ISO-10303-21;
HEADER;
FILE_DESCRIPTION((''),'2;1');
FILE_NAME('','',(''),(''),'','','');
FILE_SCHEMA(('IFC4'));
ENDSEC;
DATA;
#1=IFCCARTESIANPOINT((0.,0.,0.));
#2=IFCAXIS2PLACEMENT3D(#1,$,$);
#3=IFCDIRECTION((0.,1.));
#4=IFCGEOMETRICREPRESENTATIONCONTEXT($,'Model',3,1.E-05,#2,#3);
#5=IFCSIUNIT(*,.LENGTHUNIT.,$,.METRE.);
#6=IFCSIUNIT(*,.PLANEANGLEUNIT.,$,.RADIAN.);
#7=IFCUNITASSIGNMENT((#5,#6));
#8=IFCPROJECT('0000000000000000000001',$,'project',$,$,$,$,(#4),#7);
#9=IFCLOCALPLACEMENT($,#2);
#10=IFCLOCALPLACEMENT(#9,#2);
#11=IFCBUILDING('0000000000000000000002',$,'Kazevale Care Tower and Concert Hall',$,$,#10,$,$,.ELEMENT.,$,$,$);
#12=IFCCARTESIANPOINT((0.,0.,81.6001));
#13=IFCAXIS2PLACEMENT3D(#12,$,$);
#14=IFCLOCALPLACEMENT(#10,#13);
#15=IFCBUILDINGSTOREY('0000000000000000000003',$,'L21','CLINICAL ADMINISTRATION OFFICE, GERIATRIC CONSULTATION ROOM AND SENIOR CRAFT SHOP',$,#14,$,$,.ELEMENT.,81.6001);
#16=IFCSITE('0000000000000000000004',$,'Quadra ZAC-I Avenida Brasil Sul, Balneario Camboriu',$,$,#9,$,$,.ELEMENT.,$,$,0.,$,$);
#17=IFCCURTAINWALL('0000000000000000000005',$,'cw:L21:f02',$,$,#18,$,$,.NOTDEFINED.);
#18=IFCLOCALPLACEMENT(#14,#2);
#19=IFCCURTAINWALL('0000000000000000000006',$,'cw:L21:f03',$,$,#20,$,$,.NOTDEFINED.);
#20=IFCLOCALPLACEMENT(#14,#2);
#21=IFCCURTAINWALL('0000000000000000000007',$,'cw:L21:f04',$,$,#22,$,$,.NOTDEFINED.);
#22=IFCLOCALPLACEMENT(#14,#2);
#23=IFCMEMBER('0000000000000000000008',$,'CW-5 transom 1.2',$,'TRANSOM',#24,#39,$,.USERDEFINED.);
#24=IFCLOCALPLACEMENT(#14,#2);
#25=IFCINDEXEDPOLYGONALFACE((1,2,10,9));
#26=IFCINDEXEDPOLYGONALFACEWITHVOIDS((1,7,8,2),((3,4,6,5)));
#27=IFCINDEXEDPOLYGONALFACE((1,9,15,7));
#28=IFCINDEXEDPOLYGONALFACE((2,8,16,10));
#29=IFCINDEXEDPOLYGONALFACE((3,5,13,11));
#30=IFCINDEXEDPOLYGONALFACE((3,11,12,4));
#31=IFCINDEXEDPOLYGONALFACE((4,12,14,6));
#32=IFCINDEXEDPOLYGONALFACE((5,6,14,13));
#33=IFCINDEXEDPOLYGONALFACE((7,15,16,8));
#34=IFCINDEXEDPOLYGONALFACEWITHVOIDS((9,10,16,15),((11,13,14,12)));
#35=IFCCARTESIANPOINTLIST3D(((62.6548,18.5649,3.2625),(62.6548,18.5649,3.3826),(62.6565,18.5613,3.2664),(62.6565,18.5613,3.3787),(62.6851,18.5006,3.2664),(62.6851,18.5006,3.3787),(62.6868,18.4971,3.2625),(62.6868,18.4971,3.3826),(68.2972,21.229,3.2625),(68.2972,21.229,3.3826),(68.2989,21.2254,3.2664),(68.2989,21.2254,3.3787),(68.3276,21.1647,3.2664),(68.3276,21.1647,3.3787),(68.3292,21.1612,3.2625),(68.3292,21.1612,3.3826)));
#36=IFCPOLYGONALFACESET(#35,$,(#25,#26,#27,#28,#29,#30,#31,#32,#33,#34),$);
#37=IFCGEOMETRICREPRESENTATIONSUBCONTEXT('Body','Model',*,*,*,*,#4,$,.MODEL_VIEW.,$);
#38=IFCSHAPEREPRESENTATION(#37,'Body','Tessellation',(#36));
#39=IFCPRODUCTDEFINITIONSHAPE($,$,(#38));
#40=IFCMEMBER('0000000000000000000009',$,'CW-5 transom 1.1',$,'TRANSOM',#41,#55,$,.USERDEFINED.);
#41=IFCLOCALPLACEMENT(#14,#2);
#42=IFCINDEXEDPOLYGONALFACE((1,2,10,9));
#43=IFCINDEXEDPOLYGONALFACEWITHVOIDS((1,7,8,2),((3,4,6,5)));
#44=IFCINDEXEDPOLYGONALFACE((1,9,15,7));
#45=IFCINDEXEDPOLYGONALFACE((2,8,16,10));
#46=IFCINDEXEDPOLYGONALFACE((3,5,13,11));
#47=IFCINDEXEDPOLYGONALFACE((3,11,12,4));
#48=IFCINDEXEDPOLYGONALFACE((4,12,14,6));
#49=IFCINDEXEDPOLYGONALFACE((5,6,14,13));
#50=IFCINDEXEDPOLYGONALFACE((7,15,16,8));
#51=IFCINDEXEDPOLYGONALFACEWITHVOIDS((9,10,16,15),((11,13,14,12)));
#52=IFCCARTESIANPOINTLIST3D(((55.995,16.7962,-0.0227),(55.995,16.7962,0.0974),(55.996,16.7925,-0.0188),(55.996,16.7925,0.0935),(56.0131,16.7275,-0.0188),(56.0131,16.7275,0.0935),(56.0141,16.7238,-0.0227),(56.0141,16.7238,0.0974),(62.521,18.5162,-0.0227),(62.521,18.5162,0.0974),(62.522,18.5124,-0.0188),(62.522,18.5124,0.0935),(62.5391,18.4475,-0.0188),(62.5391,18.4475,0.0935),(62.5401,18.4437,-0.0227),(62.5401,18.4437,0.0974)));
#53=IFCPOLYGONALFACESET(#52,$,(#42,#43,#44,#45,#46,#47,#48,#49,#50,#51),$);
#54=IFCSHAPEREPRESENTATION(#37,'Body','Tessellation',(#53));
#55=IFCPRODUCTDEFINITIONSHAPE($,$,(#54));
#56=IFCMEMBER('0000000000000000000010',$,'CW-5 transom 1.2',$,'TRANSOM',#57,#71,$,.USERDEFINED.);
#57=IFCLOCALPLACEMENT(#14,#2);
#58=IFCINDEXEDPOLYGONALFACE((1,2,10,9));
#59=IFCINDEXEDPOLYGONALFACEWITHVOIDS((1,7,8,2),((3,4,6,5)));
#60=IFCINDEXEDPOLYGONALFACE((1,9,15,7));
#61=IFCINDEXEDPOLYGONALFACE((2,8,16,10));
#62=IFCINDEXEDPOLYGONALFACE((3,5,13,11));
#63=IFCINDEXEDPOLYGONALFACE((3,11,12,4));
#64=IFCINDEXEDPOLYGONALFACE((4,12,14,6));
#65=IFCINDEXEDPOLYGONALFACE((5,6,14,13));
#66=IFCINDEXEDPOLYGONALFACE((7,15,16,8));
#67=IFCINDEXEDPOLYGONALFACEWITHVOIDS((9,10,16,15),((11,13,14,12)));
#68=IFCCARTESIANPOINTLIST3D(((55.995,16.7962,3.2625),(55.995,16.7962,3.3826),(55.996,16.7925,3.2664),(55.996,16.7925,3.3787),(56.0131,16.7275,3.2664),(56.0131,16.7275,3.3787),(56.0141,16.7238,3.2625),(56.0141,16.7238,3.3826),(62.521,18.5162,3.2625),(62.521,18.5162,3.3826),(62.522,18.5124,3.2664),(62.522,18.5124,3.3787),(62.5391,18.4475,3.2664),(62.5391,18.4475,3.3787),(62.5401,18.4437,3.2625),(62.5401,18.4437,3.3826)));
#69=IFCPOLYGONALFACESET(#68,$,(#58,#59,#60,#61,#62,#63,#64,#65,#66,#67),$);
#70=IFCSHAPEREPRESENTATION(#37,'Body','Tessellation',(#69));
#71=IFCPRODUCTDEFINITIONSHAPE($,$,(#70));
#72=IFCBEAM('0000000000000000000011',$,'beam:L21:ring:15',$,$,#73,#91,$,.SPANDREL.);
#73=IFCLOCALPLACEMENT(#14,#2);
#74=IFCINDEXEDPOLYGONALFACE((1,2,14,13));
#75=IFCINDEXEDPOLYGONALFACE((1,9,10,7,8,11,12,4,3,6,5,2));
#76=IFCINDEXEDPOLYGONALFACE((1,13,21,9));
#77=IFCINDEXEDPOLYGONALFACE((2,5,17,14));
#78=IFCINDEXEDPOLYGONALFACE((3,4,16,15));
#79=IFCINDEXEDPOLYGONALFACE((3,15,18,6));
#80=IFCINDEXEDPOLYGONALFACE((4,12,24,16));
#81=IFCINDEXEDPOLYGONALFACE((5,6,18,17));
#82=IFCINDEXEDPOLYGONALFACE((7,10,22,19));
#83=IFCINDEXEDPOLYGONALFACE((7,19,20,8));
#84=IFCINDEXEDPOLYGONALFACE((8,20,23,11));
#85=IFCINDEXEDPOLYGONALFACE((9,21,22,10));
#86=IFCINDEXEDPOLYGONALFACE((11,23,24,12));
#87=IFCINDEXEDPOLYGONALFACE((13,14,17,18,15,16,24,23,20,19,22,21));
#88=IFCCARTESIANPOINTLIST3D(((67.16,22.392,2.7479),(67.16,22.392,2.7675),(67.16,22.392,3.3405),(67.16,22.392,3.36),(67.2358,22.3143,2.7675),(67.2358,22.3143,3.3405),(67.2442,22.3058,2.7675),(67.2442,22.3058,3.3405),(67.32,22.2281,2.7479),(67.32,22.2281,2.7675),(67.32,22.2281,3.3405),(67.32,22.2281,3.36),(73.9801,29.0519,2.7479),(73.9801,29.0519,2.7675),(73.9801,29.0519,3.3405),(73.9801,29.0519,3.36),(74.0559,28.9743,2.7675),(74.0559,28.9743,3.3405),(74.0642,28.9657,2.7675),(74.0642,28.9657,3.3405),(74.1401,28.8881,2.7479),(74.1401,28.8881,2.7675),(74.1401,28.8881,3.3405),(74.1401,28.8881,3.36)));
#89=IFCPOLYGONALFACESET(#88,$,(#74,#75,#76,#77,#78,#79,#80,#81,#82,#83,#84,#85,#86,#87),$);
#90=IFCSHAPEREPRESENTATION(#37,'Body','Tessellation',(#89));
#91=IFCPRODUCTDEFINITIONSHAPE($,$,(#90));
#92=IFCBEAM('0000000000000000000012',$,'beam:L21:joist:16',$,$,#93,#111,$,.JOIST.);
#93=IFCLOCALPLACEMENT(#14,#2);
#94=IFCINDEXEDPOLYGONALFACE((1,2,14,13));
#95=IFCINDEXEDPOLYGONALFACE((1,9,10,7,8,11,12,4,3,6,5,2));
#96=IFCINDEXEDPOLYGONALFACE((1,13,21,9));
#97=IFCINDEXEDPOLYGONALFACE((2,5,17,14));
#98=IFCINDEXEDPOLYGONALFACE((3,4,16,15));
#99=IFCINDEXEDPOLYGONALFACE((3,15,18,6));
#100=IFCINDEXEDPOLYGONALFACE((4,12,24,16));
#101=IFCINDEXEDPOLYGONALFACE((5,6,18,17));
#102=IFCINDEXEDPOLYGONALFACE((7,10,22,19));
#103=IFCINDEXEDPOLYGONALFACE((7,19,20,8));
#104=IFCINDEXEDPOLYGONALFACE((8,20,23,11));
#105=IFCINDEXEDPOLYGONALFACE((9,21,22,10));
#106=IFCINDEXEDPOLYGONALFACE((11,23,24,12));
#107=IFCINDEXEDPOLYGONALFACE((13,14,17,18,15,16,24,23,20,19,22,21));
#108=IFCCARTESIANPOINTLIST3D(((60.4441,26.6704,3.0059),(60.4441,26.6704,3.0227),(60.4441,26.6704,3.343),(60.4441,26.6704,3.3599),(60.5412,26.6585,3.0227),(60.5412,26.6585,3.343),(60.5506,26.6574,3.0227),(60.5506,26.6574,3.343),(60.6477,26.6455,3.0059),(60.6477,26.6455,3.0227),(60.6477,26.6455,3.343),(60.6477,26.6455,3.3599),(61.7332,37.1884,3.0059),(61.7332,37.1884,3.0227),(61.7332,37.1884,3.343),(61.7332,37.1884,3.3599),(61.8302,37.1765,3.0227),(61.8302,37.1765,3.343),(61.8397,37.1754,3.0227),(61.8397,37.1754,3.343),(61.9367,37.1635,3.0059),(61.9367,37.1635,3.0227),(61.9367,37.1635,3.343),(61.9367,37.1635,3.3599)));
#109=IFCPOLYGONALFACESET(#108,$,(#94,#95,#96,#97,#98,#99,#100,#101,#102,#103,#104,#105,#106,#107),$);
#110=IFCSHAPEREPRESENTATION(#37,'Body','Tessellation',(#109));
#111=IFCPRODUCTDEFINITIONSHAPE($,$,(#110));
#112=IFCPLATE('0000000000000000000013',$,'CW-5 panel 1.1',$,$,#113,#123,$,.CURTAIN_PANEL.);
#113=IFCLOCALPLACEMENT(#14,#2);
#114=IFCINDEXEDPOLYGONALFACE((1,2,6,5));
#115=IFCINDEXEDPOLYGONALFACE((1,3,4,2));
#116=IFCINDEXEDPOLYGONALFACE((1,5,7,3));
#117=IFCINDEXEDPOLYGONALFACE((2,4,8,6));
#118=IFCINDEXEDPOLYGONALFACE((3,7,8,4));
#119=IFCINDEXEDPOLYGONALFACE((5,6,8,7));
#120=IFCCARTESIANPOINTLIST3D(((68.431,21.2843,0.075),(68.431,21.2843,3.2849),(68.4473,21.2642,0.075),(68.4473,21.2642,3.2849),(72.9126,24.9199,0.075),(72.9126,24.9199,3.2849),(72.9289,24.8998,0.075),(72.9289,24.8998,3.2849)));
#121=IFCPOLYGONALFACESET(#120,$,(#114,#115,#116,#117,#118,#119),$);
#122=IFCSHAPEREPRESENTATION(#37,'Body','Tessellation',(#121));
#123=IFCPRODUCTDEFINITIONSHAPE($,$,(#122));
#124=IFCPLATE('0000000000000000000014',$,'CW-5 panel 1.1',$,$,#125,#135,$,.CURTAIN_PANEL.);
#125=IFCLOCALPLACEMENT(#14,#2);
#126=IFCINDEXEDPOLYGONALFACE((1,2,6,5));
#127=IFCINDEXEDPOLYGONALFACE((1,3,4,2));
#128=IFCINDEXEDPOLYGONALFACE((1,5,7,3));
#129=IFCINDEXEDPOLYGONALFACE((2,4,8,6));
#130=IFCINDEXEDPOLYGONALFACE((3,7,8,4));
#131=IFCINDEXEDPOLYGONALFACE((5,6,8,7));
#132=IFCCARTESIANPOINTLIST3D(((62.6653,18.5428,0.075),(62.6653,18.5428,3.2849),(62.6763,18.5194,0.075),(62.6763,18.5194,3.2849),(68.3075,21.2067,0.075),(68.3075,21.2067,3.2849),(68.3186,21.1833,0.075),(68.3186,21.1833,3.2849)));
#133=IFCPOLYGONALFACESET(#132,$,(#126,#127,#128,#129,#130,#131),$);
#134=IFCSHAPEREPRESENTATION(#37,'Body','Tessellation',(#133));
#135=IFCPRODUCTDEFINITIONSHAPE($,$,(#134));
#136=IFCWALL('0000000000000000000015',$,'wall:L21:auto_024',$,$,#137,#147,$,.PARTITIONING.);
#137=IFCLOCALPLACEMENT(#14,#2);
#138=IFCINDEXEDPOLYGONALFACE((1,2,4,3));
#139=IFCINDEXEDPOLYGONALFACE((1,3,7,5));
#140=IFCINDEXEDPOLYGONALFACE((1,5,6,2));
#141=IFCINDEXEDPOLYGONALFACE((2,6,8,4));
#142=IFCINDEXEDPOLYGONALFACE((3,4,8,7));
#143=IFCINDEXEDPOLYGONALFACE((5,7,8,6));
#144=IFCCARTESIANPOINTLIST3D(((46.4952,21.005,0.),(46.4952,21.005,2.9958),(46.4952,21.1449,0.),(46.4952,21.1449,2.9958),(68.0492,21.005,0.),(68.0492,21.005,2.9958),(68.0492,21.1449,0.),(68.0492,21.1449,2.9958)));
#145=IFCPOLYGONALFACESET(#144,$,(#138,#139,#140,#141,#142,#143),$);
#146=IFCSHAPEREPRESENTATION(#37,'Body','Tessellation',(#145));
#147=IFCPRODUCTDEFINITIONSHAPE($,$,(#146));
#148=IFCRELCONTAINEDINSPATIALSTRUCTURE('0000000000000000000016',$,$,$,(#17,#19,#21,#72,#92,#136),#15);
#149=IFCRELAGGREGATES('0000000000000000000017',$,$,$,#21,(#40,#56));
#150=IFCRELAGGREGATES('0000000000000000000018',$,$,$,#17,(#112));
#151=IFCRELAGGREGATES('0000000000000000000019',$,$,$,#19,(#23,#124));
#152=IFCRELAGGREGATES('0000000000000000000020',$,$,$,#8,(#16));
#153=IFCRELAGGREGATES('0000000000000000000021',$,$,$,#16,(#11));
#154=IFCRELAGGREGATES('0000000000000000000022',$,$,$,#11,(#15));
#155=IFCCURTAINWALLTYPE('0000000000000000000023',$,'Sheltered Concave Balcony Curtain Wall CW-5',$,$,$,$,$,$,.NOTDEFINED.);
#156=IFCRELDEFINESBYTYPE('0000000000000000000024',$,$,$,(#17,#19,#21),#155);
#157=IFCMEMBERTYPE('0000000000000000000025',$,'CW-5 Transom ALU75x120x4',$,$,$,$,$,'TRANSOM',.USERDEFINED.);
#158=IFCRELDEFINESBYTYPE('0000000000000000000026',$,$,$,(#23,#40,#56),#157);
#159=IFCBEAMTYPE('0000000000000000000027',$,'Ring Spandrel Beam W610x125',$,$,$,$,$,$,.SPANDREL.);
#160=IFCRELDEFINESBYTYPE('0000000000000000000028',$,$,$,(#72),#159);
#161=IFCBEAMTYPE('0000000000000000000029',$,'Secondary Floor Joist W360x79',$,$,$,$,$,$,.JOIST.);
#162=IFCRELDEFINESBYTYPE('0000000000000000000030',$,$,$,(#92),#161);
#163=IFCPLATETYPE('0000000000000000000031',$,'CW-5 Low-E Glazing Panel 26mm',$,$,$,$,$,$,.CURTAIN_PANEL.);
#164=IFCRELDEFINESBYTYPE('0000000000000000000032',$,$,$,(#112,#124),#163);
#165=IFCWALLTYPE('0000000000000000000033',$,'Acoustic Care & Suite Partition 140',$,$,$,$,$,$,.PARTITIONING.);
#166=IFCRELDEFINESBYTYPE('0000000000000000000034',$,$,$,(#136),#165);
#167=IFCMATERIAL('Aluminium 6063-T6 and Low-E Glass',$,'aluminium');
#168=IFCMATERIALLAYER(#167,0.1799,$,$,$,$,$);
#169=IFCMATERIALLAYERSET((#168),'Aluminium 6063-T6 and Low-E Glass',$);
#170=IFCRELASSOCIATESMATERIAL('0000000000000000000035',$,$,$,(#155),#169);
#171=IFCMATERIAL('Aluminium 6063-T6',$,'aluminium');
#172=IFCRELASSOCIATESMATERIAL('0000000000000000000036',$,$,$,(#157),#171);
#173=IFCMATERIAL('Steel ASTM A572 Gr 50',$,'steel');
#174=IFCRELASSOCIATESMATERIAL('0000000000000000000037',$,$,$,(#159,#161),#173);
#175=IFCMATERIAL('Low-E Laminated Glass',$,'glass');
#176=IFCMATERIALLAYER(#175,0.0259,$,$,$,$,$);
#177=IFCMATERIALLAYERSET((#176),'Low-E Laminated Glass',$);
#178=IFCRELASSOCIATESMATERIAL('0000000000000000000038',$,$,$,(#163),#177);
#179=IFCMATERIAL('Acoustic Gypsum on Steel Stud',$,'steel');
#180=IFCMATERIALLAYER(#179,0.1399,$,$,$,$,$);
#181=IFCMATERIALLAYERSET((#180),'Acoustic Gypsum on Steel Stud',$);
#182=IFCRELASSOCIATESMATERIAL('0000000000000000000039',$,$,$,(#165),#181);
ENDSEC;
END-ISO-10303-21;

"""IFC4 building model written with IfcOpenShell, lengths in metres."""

from ifc_helpers import new_model, si_unit, direction, frame, frame_2d, origin, origin_2d, place, context, subcontext, project, spatial, rectangle, hollow_rectangle, i_section, extrude, material, layer, layer_set, material_profile, profile_set, type_object, element, aggregate, save


model = new_model("IFC4")

# Units and contexts
model_context = context("Model", 3, precision=1e-05, world=origin(), true_north=direction((0.0, 1.0)))
body_context = subcontext(model_context, "Body", "Model", "MODEL_VIEW")
ifc_project = project(units=[si_unit("LENGTHUNIT", "METRE"), si_unit("PLANEANGLEUNIT", "RADIAN")], contexts=[model_context])

# Site, building, storey
site_placement = place(None, origin())
site = spatial("IfcSite", under=ifc_project, at=site_placement, Name="Quadra ZAC-I Avenida Brasil Sul, Balneario Camboriu", CompositionType="ELEMENT", RefElevation=0.0)
building_placement = place(site_placement, origin())
building = spatial("IfcBuilding", under=site, at=building_placement, Name="Kazevale Care Tower and Concert Hall", CompositionType="ELEMENT")
storey_placement = place(building_placement, frame((0.0, 0.0, 81.6001)))
storey = spatial("IfcBuildingStorey", under=building, at=storey_placement, Name="L21", Description="CLINICAL ADMINISTRATION OFFICE, GERIATRIC CONSULTATION ROOM AND SENIOR CRAFT SHOP", CompositionType="ELEMENT", Elevation=81.6001)

# Curtain walls
ifc_material_1 = material(Name="Aluminium 6063-T6 and Low-E Glass", Category="aluminium")
ifc_layer_1 = layer(ifc_material_1, 0.1799)
ifc_layer_set_1 = layer_set([ifc_layer_1], Name="Aluminium 6063-T6 and Low-E Glass")
curtain_wall_type = type_object("IfcCurtainWallType", Name="Sheltered Concave Balcony Curtain Wall CW-5", PredefinedType="NOTDEFINED", material=ifc_layer_set_1)
curtain_wall_1_placement = place(storey_placement, origin())
curtain_wall_1 = element("IfcCurtainWall", 1, at=curtain_wall_1_placement, inside=storey, type_object=curtain_wall_type, Name="cw:L21:f02", PredefinedType="NOTDEFINED")
ifc_material_2 = material(Name="Aluminium 6063-T6", Category="aluminium")
curtain_wall_2_placement = place(storey_placement, origin())
curtain_wall_2 = element("IfcCurtainWall", 2, at=curtain_wall_2_placement, inside=storey, type_object=curtain_wall_type, Name="cw:L21:f03", PredefinedType="NOTDEFINED")

# Curtain wall
curtain_wall_3_placement = place(storey_placement, origin())
curtain_wall_3 = element("IfcCurtainWall", 3, at=curtain_wall_3_placement, inside=storey, type_object=curtain_wall_type, Name="cw:L21:f04", PredefinedType="NOTDEFINED")

# Members
ifc_material_profile_1 = material_profile(ifc_material_2, hollow_rectangle(XDim=0.075, YDim=0.1201, WallThickness=0.0039, at=origin_2d()), Name="ALU75x120x4")
ifc_profile_set_1 = profile_set([ifc_material_profile_1], Name="Aluminium 6063-T6")
member_type_1 = type_object("IfcMemberType", Name="CW-5 Transom ALU75x120x4", ElementType="TRANSOM", PredefinedType="USERDEFINED", material=ifc_profile_set_1)
member_1_placement = place(storey_placement, frame((68.3132, 21.1951, 3.3225), z_axis=(-0.904272, -0.426957, 0.0), x_axis=(0.426957, -0.904272, 0.0)))
member_1 = element("IfcMember", 4, at=member_1_placement, type_object=member_type_1, Name="CW-5 transom 1.2", ObjectType="TRANSOM", PredefinedType="USERDEFINED", context=body_context, shape_type="SweptSolid", body=[
    extrude(hollow_rectangle(XDim=0.075, YDim=0.1201, WallThickness=0.0039, at=origin_2d()), origin(), (0.0, 0.0, 1.0), 6.2397),
])
member_2_placement = place(storey_placement, frame((62.5305, 18.48, 0.0374), z_axis=(-0.966978, -0.254858, 0.0), x_axis=(0.254858, -0.966978, 0.0)))
member_2 = element("IfcMember", 5, at=member_2_placement, type_object=member_type_1, Name="CW-5 transom 1.1", ObjectType="TRANSOM", PredefinedType="USERDEFINED", context=body_context, shape_type="SweptSolid", body=[
    extrude(hollow_rectangle(XDim=0.075, YDim=0.1201, WallThickness=0.0039, at=origin_2d()), origin(), (0.0, 0.0, 1.0), 6.7488),
])
member_3_placement = place(storey_placement, frame((62.5305, 18.48, 3.3225), z_axis=(-0.966978, -0.254858, 0.0), x_axis=(0.254858, -0.966978, 0.0)))
member_3 = element("IfcMember", 6, at=member_3_placement, type_object=member_type_1, Name="CW-5 transom 1.2", ObjectType="TRANSOM", PredefinedType="USERDEFINED", context=body_context, shape_type="SweptSolid", body=[
    extrude(hollow_rectangle(XDim=0.075, YDim=0.1201, WallThickness=0.0039, at=origin_2d()), origin(), (0.0, 0.0, 1.0), 6.7488),
])
aggregate(curtain_wall_3, [member_2, member_3])

# Beams
ifc_material_3 = material(Name="Steel ASTM A572 Gr 50", Category="steel")
ifc_material_profile_2 = material_profile(ifc_material_3, i_section(OverallWidth=0.229, OverallDepth=0.6121, WebThickness=0.012, FlangeThickness=0.0195, at=origin_2d()), Name="W610x125")
ifc_profile_set_2 = profile_set([ifc_material_profile_2], Name="Steel ASTM A572 Gr 50")
beam_type_1 = type_object("IfcBeamType", Name="Ring Spandrel Beam W610x125", PredefinedType="SPANDREL", material=ifc_profile_set_2)
beam_1_placement = place(storey_placement, frame((67.24, 22.3101, 3.054), z_axis=(0.715457, 0.698656, 0.0), x_axis=(-0.698656, 0.715457, 0.0)))
element("IfcBeam", 7, at=beam_1_placement, inside=storey, type_object=beam_type_1, Name="beam:L21:ring:15", PredefinedType="SPANDREL", context=body_context, shape_type="SweptSolid", body=[
    extrude(i_section(OverallWidth=0.229, OverallDepth=0.6121, WebThickness=0.012, FlangeThickness=0.0195, at=origin_2d()), origin(), (0.0, 0.0, 1.0), 9.5325),
])
ifc_material_profile_3 = material_profile(ifc_material_3, i_section(OverallWidth=0.2051, OverallDepth=0.354, WebThickness=0.0095, FlangeThickness=0.0168, at=origin_2d()), Name="W360x79")
ifc_profile_set_3 = profile_set([ifc_material_profile_3], Name="Steel ASTM A572 Gr 50")
beam_type_2 = type_object("IfcBeamType", Name="Secondary Floor Joist W360x79", PredefinedType="JOIST", material=ifc_profile_set_3)
beam_2_placement = place(storey_placement, frame((60.5459, 26.658, 3.1829), z_axis=(0.121647, 0.992573, 0.0), x_axis=(-0.992573, 0.121647, 0.0)))
element("IfcBeam", 8, at=beam_2_placement, inside=storey, type_object=beam_type_2, Name="beam:L21:joist:16", PredefinedType="JOIST", context=body_context, shape_type="SweptSolid", body=[
    extrude(i_section(OverallWidth=0.2051, OverallDepth=0.354, WebThickness=0.0095, FlangeThickness=0.0168, at=origin_2d()), origin(), (0.0, 0.0, 1.0), 10.5967),
])

# Plates
ifc_material_4 = material(Name="Low-E Laminated Glass", Category="glass")
ifc_layer_2 = layer(ifc_material_4, 0.0259)
ifc_layer_set_2 = layer_set([ifc_layer_2], Name="Low-E Laminated Glass")
plate_type = type_object("IfcPlateType", Name="CW-5 Low-E Glazing Panel 26mm", PredefinedType="CURTAIN_PANEL", material=ifc_layer_set_2)
plate_1_placement = place(storey_placement, frame((70.6799, 23.092, 0.075), z_axis=(0.0, 0.0, 1.0), x_axis=(-0.776599, -0.629995, 0.0)))
plate_1 = element("IfcPlate", 9, at=plate_1_placement, type_object=plate_type, Name="CW-5 panel 1.1", PredefinedType="CURTAIN_PANEL", context=body_context, shape_type="SweptSolid", body=[
    extrude(rectangle(XDim=5.7708, YDim=0.0259, at=origin_2d()), origin(), (0.0, 0.0, 1.0), 3.21),
])
aggregate(curtain_wall_1, [plate_1])
plate_2_placement = place(storey_placement, frame((65.4919, 19.863, 0.075), z_axis=(0.0, 0.0, 1.0), x_axis=(-0.904279, -0.426942, 0.0)))
plate_2 = element("IfcPlate", 10, at=plate_2_placement, type_object=plate_type, Name="CW-5 panel 1.1", PredefinedType="CURTAIN_PANEL", context=body_context, shape_type="SweptSolid", body=[
    extrude(rectangle(XDim=6.2395, YDim=0.0259, at=origin_2d()), origin(), (0.0, 0.0, 1.0), 3.21),
])
aggregate(curtain_wall_2, [member_1, plate_2])

# Wall
ifc_material_5 = material(Name="Acoustic Gypsum on Steel Stud", Category="steel")
ifc_layer_3 = layer(ifc_material_5, 0.1399)
ifc_layer_set_3 = layer_set([ifc_layer_3], Name="Acoustic Gypsum on Steel Stud")
wall_type = type_object("IfcWallType", Name="Acoustic Care & Suite Partition 140", PredefinedType="PARTITIONING", material=ifc_layer_set_3)
wall_placement = place(storey_placement, frame((68.0491, 21.075, 0.0), z_axis=(0.0, 0.0, 1.0), x_axis=(-1.0, 0.0, 0.0)))
element("IfcWall", 11, at=wall_placement, inside=storey, type_object=wall_type, Name="wall:L21:auto_024", PredefinedType="PARTITIONING", context=body_context, shape_type="SweptSolid", body=[
    extrude(rectangle(XDim=21.554, YDim=0.1399, at=frame_2d((10.7769, 0.0))), origin(), (0.0, 0.0, 1.0), 2.9958),
])

save(model, "model.ifc")
